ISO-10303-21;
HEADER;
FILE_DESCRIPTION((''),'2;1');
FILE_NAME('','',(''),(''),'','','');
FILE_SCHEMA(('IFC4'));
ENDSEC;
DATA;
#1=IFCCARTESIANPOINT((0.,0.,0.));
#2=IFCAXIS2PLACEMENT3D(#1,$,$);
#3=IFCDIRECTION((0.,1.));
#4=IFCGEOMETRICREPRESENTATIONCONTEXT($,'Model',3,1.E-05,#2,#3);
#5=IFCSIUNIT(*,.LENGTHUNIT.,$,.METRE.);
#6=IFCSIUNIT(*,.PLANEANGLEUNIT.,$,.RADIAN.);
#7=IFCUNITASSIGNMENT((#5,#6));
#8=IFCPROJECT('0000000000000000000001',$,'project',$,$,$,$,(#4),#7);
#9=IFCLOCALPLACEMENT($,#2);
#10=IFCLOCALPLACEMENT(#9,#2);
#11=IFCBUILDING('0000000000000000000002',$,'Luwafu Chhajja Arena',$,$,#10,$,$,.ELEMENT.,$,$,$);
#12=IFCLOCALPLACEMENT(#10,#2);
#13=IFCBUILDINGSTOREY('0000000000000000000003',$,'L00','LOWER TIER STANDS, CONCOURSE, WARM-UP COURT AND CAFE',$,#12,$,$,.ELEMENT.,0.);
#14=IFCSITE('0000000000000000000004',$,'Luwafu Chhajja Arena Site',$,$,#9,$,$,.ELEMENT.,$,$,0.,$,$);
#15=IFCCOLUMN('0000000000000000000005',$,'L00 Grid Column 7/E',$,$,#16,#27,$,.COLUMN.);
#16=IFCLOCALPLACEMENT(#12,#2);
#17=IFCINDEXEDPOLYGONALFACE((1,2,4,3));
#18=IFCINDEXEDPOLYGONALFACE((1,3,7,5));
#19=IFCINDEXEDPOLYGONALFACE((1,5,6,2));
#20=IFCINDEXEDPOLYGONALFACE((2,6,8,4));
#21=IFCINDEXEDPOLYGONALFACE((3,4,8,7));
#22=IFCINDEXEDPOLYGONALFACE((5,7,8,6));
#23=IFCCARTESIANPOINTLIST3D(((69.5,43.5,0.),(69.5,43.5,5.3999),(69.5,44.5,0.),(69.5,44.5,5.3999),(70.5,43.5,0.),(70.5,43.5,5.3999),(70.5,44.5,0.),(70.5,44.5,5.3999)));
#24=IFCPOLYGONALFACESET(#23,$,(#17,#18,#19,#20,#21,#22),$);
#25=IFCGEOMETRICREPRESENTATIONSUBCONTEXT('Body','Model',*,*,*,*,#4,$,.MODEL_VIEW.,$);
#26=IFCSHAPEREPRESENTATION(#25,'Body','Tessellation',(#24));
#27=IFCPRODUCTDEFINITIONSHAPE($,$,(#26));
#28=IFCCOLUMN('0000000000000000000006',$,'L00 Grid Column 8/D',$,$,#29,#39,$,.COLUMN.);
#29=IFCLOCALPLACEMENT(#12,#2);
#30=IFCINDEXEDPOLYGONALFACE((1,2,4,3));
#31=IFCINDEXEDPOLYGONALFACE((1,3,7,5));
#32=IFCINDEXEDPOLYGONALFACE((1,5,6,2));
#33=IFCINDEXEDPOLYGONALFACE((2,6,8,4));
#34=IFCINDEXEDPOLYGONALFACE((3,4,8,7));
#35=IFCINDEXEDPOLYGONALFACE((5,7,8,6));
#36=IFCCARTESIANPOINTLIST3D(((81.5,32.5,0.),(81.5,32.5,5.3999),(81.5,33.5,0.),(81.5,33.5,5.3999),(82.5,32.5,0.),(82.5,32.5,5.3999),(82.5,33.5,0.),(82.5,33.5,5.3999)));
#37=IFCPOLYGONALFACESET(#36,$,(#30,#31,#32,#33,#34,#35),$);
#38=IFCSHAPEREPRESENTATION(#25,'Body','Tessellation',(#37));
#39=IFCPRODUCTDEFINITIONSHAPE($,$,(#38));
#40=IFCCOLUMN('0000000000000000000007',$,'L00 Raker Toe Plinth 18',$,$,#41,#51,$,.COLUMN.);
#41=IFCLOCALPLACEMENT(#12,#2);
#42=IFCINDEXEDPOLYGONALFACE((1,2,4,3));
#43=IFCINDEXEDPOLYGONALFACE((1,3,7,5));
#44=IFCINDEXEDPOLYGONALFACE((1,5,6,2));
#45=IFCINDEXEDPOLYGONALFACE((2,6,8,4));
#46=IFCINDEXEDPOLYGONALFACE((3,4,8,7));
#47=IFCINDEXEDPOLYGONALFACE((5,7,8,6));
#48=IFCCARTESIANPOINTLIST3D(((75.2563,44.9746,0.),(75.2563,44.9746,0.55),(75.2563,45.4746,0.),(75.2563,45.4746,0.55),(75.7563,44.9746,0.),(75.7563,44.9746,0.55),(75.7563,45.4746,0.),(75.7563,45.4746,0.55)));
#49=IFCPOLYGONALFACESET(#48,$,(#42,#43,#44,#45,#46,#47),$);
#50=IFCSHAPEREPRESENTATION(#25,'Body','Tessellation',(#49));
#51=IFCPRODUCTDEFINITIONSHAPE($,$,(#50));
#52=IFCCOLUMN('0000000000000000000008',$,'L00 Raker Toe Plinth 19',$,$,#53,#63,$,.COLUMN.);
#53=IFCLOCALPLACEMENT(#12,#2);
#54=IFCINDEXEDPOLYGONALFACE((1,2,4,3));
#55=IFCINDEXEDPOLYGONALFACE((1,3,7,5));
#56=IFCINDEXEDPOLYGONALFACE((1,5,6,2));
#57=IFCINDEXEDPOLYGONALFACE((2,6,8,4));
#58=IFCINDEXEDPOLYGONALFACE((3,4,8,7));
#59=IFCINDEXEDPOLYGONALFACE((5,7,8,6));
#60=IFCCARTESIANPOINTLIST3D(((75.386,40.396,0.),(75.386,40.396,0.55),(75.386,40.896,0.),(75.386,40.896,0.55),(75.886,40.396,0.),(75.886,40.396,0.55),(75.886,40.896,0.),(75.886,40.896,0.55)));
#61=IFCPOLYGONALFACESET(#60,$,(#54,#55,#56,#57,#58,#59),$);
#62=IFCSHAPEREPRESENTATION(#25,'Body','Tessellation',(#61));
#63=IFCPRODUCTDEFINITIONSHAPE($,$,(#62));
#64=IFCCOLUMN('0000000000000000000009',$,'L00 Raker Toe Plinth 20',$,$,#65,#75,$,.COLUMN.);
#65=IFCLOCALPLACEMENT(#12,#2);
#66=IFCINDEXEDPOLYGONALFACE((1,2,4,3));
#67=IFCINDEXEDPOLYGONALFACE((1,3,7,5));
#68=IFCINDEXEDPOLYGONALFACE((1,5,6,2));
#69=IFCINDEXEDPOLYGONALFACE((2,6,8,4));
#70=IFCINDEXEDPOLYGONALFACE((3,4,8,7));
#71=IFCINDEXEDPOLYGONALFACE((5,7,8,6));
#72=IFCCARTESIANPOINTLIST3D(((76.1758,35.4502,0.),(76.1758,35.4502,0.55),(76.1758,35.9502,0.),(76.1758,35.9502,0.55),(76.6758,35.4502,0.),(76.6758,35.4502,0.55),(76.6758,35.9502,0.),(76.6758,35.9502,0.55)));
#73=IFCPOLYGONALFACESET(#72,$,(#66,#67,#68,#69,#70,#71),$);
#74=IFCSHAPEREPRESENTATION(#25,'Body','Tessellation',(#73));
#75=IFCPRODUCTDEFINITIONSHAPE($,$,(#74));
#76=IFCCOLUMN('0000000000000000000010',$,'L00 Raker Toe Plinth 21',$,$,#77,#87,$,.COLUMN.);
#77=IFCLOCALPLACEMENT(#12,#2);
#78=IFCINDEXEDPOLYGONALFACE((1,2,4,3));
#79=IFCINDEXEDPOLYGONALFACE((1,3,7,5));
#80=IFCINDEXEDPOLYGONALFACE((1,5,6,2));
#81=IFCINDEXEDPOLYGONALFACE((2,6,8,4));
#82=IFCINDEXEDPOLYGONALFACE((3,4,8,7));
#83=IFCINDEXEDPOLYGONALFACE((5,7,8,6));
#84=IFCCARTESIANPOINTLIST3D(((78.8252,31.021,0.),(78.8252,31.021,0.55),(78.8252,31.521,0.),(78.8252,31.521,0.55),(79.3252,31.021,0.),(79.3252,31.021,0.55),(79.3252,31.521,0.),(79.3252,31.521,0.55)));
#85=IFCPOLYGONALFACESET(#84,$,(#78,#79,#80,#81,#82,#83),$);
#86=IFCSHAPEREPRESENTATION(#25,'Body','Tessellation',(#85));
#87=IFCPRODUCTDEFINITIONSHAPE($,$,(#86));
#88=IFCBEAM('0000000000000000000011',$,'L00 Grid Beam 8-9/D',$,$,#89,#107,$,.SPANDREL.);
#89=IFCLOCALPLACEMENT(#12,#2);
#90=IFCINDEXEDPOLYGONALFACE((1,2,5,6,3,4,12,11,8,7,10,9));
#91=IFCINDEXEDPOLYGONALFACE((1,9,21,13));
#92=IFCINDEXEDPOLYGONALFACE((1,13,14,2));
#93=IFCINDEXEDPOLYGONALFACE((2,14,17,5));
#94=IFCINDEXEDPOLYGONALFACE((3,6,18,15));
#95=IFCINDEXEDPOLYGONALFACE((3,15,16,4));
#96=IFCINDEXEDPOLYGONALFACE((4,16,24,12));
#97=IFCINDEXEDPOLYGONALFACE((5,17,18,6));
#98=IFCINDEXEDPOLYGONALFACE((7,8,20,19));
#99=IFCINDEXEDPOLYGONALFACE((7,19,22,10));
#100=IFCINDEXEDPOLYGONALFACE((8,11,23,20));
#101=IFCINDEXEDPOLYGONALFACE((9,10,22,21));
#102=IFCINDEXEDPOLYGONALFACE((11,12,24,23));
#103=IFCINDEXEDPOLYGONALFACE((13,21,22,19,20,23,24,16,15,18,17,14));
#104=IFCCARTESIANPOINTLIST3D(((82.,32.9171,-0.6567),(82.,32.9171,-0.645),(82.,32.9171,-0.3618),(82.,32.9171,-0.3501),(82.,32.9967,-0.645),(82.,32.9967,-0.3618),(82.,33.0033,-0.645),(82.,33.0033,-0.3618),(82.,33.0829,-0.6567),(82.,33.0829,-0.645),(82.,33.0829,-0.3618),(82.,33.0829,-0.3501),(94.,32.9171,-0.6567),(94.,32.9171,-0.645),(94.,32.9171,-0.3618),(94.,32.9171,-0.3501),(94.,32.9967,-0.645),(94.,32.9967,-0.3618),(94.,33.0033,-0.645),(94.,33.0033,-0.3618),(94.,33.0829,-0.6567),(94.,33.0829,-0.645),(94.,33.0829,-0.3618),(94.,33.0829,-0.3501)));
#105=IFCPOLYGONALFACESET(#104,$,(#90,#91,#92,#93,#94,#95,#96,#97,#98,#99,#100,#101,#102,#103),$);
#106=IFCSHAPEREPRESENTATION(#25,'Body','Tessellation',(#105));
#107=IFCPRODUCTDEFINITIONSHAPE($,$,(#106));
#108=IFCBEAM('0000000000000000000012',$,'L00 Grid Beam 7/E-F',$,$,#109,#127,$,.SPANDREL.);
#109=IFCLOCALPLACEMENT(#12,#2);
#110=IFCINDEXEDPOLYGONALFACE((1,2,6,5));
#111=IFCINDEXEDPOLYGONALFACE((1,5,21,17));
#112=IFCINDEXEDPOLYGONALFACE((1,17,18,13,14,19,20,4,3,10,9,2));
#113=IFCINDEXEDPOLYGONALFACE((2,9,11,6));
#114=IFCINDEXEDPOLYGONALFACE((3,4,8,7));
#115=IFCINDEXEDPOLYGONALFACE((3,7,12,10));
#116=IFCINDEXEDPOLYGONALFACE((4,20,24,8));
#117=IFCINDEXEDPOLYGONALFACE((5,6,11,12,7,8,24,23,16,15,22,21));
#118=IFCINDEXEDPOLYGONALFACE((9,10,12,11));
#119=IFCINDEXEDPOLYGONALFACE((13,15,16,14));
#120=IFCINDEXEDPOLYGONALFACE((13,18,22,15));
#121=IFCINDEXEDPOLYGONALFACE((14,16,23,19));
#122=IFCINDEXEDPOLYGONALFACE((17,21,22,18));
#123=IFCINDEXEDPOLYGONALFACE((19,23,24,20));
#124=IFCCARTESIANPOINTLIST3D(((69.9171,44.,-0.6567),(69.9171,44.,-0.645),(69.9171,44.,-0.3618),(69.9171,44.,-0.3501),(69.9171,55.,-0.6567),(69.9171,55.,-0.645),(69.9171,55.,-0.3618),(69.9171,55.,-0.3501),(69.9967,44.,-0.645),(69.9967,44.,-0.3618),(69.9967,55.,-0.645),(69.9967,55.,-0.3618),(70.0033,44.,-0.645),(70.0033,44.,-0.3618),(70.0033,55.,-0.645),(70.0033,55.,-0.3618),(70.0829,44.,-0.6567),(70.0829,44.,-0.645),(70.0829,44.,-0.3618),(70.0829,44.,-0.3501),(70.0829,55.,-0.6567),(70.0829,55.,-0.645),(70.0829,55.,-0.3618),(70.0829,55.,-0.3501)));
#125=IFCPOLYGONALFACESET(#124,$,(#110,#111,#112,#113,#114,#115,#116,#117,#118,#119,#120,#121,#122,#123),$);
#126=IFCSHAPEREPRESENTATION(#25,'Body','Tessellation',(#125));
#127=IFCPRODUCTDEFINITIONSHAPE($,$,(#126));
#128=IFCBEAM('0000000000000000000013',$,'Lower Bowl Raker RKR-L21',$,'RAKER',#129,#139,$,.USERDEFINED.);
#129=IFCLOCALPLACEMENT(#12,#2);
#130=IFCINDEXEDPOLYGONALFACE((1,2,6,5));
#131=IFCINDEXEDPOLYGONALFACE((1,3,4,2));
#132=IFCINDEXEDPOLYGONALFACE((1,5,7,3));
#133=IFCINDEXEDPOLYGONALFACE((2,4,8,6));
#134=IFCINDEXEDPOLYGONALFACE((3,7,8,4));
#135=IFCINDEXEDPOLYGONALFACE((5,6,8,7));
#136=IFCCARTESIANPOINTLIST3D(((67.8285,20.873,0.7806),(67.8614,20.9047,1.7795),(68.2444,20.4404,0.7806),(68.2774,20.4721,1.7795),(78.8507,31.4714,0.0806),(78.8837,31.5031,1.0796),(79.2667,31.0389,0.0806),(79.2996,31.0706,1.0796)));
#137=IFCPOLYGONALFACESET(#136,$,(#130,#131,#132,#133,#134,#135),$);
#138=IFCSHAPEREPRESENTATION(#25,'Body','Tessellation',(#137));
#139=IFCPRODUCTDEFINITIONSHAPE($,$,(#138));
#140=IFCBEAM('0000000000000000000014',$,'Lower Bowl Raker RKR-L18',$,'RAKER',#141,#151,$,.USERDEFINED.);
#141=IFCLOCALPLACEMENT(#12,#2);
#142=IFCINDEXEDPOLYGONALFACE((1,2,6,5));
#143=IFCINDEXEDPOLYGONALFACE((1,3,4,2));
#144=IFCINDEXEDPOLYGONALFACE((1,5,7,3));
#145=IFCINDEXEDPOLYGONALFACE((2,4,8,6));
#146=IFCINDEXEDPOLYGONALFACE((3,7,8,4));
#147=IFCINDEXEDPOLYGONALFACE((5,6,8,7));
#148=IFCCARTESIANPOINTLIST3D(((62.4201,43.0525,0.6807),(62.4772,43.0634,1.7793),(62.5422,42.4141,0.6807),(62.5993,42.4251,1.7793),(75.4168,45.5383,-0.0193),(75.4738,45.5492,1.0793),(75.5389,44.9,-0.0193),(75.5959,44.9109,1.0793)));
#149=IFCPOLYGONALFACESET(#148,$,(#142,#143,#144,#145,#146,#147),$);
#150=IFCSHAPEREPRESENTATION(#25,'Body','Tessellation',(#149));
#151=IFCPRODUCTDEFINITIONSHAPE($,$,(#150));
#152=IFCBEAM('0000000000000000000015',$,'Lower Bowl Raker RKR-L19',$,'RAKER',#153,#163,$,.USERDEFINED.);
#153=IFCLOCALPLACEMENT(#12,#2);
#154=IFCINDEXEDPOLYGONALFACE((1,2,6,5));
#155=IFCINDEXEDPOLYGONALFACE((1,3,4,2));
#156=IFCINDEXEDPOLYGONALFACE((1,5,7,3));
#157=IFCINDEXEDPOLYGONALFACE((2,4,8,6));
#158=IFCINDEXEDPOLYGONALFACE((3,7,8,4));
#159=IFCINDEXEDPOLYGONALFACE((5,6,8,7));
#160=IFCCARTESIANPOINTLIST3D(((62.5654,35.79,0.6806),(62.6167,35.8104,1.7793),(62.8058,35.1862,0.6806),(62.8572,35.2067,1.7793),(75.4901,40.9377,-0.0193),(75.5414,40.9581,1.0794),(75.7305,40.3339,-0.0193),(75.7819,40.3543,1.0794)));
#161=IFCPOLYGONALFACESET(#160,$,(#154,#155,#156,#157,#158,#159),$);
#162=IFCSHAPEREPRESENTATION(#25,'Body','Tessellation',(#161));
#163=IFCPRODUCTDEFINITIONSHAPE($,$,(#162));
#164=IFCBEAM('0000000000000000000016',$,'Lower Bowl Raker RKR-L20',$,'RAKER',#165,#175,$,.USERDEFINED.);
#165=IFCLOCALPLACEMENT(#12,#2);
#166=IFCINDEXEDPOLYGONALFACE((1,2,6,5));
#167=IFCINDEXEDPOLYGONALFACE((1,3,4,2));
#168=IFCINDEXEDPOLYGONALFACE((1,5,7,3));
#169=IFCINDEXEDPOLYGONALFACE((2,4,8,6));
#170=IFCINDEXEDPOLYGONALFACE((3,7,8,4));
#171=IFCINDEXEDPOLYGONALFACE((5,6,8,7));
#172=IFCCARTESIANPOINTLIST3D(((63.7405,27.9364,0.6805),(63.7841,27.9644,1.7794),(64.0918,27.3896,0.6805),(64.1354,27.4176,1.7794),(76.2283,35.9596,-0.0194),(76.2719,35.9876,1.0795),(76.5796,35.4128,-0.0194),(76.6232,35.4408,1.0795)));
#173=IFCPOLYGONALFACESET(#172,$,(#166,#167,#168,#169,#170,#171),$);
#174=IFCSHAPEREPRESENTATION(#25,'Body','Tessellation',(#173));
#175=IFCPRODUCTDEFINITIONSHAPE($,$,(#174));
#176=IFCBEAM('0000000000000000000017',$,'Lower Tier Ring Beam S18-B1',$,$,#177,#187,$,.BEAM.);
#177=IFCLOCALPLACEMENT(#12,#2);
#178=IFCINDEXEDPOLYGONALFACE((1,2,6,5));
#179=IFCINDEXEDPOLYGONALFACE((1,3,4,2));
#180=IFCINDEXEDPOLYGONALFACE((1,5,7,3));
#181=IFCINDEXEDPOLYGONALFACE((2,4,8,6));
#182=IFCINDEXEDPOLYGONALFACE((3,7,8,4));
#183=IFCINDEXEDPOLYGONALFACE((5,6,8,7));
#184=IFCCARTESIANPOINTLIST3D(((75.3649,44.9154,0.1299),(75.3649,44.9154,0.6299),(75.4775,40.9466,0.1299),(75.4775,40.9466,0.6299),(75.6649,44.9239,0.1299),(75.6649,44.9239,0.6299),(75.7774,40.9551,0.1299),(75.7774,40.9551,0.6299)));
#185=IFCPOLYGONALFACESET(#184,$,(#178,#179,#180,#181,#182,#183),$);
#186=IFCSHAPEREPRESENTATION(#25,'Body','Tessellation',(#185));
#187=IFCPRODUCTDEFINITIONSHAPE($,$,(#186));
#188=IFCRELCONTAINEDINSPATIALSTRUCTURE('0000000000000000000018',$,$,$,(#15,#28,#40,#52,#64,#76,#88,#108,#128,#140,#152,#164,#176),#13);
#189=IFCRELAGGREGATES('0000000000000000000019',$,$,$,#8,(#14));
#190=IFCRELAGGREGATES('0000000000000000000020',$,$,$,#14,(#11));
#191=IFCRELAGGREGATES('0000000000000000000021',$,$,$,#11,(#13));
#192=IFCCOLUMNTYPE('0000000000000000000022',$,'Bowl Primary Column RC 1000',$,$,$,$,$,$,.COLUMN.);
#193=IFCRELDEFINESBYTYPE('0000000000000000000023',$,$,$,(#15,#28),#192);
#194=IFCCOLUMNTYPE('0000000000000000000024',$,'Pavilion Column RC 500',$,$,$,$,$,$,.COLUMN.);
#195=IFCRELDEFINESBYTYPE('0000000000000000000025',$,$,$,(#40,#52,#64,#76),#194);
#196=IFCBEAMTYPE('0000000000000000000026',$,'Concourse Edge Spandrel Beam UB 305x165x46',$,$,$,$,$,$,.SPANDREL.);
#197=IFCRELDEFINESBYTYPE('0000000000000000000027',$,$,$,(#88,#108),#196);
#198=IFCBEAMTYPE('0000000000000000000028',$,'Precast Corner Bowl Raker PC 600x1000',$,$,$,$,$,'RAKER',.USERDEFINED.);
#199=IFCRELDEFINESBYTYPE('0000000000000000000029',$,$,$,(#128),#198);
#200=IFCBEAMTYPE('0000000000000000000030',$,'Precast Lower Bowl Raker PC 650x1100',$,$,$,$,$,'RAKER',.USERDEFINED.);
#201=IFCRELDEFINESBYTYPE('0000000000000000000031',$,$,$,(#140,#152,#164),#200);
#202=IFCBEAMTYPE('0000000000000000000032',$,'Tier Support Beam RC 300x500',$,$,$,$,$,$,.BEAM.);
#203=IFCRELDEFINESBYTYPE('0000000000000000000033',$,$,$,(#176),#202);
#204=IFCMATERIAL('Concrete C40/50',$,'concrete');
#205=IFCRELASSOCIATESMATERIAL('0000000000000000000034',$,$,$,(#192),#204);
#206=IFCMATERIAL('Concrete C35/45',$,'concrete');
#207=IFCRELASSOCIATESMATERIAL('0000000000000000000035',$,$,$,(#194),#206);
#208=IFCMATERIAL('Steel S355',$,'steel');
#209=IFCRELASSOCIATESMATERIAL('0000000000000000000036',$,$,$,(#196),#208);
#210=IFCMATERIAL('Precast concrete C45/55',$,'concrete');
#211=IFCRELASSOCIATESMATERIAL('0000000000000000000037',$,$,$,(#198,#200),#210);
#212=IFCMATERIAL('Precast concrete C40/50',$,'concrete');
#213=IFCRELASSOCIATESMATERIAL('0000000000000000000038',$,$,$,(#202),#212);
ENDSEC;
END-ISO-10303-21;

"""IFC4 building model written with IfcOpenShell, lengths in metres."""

from ifc_helpers import new_model, si_unit, direction, frame, origin, origin_2d, place, context, subcontext, project, spatial, rectangle, i_section, extrude, material, material_profile, profile_set, type_object, element, save


model = new_model("IFC4")

# Units and contexts
model_context = context("Model", 3, precision=1e-05, world=origin(), true_north=direction((0.0, 1.0)))
body_context = subcontext(model_context, "Body", "Model", "MODEL_VIEW")
ifc_project = project(units=[si_unit("LENGTHUNIT", "METRE"), si_unit("PLANEANGLEUNIT", "RADIAN")], contexts=[model_context])

# Site, building, storey
site_placement = place(None, origin())
site = spatial("IfcSite", under=ifc_project, at=site_placement, Name="Luwafu Chhajja Arena Site", CompositionType="ELEMENT", RefElevation=0.0)
building_placement = place(site_placement, origin())
building = spatial("IfcBuilding", under=site, at=building_placement, Name="Luwafu Chhajja Arena", CompositionType="ELEMENT")
storey_placement = place(building_placement, origin())
storey = spatial("IfcBuildingStorey", under=building, at=storey_placement, Name="L00", Description="LOWER TIER STANDS, CONCOURSE, WARM-UP COURT AND CAFE", CompositionType="ELEMENT", Elevation=0.0)

# Columns
ifc_material_1 = material(Name="Concrete C40/50", Category="concrete")
ifc_material_profile_1 = material_profile(ifc_material_1, rectangle(XDim=1.0, YDim=1.0, at=origin_2d()), Name="RC 1000x1000")
ifc_profile_set_1 = profile_set([ifc_material_profile_1], Name="Concrete C40/50")
column_type_1 = type_object("IfcColumnType", Name="Bowl Primary Column RC 1000", PredefinedType="COLUMN", material=ifc_profile_set_1)
for number, where, z_axis, x_axis, name in (
    (1, (70.0, 44.0, 0.0), (0.0, 0.0, 1.0), (1.0, 0.0, 0.0), "L00 Grid Column 7/E"),
    (2, (82.0, 33.0, 0.0), (0.0, 0.0, 1.0), (1.0, 0.0, 0.0), "L00 Grid Column 8/D"),
):
    element("IfcColumn", number, at=place(storey_placement, frame(where, z_axis=z_axis, x_axis=x_axis)), inside=storey, type_object=column_type_1, Name=name, PredefinedType="COLUMN", context=body_context, shape_type="SweptSolid", body=[
        extrude(rectangle(XDim=1.0, YDim=1.0, at=origin_2d()), origin(), (0.0, 0.0, 1.0), 5.3999),
    ])
ifc_material_2 = material(Name="Concrete C35/45", Category="concrete")
ifc_material_profile_2 = material_profile(ifc_material_2, rectangle(XDim=0.5, YDim=0.5, at=origin_2d()), Name="RC 500x500")
ifc_profile_set_2 = profile_set([ifc_material_profile_2], Name="Concrete C35/45")
column_type_2 = type_object("IfcColumnType", Name="Pavilion Column RC 500", PredefinedType="COLUMN", material=ifc_profile_set_2)
for number, where, z_axis, x_axis, name in (
    (3, (75.5063, 45.2246, 0.0), (0.0, 0.0, 1.0), (1.0, 0.0, 0.0), "L00 Raker Toe Plinth 18"),
    (4, (75.636, 40.646, 0.0), (0.0, 0.0, 1.0), (1.0, 0.0, 0.0), "L00 Raker Toe Plinth 19"),
    (5, (76.4258, 35.7002, 0.0), (0.0, 0.0, 1.0), (1.0, 0.0, 0.0), "L00 Raker Toe Plinth 20"),
    (6, (79.0752, 31.271, 0.0), (0.0, 0.0, 1.0), (1.0, 0.0, 0.0), "L00 Raker Toe Plinth 21"),
):
    element("IfcColumn", number, at=place(storey_placement, frame(where, z_axis=z_axis, x_axis=x_axis)), inside=storey, type_object=column_type_2, Name=name, PredefinedType="COLUMN", context=body_context, shape_type="SweptSolid", body=[
        extrude(rectangle(XDim=0.5, YDim=0.5, at=origin_2d()), origin(), (0.0, 0.0, 1.0), 0.55),
    ])

# Beams
ifc_material_3 = material(Name="Steel S355", Category="steel")
ifc_material_profile_3 = material_profile(ifc_material_3, i_section(OverallWidth=0.1658, OverallDepth=0.3066, WebThickness=0.0066, FlangeThickness=0.0117, at=origin_2d()), Name="UB 305x165x46")
ifc_profile_set_3 = profile_set([ifc_material_profile_3], Name="Steel S355")
beam_type_1 = type_object("IfcBeamType", Name="Concourse Edge Spandrel Beam UB 305x165x46", PredefinedType="SPANDREL", material=ifc_profile_set_3)
beam_1_placement = place(storey_placement, frame((82.0, 33.0, -0.5034), z_axis=(1.0, 0.0, 0.0), x_axis=(0.0, 1.0, 0.0)))
element("IfcBeam", 7, at=beam_1_placement, inside=storey, type_object=beam_type_1, Name="L00 Grid Beam 8-9/D", PredefinedType="SPANDREL", context=body_context, shape_type="SweptSolid", body=[
    extrude(i_section(OverallWidth=0.1658, OverallDepth=0.3066, WebThickness=0.0066, FlangeThickness=0.0117, at=origin_2d()), origin(), (0.0, 0.0, 1.0), 12.0),
])
beam_2_placement = place(storey_placement, frame((70.0, 44.0, -0.5034), z_axis=(0.0, 1.0, 0.0), x_axis=(-1.0, 0.0, 0.0)))
element("IfcBeam", 8, at=beam_2_placement, inside=storey, type_object=beam_type_1, Name="L00 Grid Beam 7/E-F", PredefinedType="SPANDREL", context=body_context, shape_type="SweptSolid", body=[
    extrude(i_section(OverallWidth=0.1658, OverallDepth=0.3066, WebThickness=0.0066, FlangeThickness=0.0117, at=origin_2d()), origin(), (0.0, 0.0, 1.0), 11.0),
])
ifc_material_4 = material(Name="Precast concrete C45/55", Category="concrete")
ifc_material_profile_4 = material_profile(ifc_material_4, rectangle(XDim=0.6001, YDim=1.0, at=origin_2d()), Name="PC 600x1000")
ifc_profile_set_4 = profile_set([ifc_material_profile_4], Name="Precast concrete C45/55")
beam_type_2 = type_object("IfcBeamType", Name="Precast Corner Bowl Raker PC 600x1000", ElementType="RAKER", PredefinedType="USERDEFINED", material=ifc_profile_set_4)
beam_3_placement = place(storey_placement, frame((79.0752, 31.271, 0.5801), z_axis=(-0.720076, -0.692387, 0.045727), x_axis=(0.693112, -0.72083, 0.0)))
element("IfcBeam", 9, at=beam_3_placement, inside=storey, type_object=beam_type_2, Name="Lower Bowl Raker RKR-L21", ObjectType="RAKER", PredefinedType="USERDEFINED", context=body_context, shape_type="SweptSolid", body=[
    extrude(rectangle(XDim=0.6001, YDim=1.0, at=origin_2d()), origin(), (0.0, 0.0, 1.0), 15.3071),
])
ifc_material_profile_5 = material_profile(ifc_material_4, rectangle(XDim=0.6499, YDim=1.1001, at=origin_2d()), Name="PC 650x1100")
ifc_profile_set_5 = profile_set([ifc_material_profile_5], Name="Precast concrete C45/55")
beam_type_3 = type_object("IfcBeamType", Name="Precast Lower Bowl Raker PC 650x1100", ElementType="RAKER", PredefinedType="USERDEFINED", material=ifc_profile_set_5)
beam_4_placement = place(storey_placement, frame((75.5063, 45.2246, 0.53), z_axis=(-0.980824, -0.187601, 0.052824), x_axis=(0.187863, -0.982195, 0.0)))
element("IfcBeam", 10, at=beam_4_placement, inside=storey, type_object=beam_type_3, Name="Lower Bowl Raker RKR-L18", ObjectType="RAKER", PredefinedType="USERDEFINED", context=body_context, shape_type="SweptSolid", body=[
    extrude(rectangle(XDim=0.6499, YDim=1.1001, at=origin_2d()), origin(), (0.0, 0.0, 1.0), 13.2507),
])
beam_5_placement = place(storey_placement, frame((75.636, 40.646, 0.53), z_axis=(-0.927853, -0.369546, 0.050248), x_axis=(0.370014, -0.929026, 0.0)))
element("IfcBeam", 11, at=beam_5_placement, inside=storey, type_object=beam_type_3, Name="Lower Bowl Raker RKR-L19", ObjectType="RAKER", PredefinedType="USERDEFINED", context=body_context, shape_type="SweptSolid", body=[
    extrude(rectangle(XDim=0.6499, YDim=1.1001, at=origin_2d()), origin(), (0.0, 0.0, 1.0), 13.9297),
])
beam_6_placement = place(storey_placement, frame((76.4258, 35.7002, 0.53), z_axis=(-0.840388, -0.539935, 0.047104), x_axis=(0.540535, -0.841322, 0.0)))
element("IfcBeam", 12, at=beam_6_placement, inside=storey, type_object=beam_type_3, Name="Lower Bowl Raker RKR-L20", ObjectType="RAKER", PredefinedType="USERDEFINED", context=body_context, shape_type="SweptSolid", body=[
    extrude(rectangle(XDim=0.6499, YDim=1.1001, at=origin_2d()), origin(), (0.0, 0.0, 1.0), 14.8596),
])
ifc_material_5 = material(Name="Precast concrete C40/50", Category="concrete")
ifc_material_profile_6 = material_profile(ifc_material_5, rectangle(XDim=0.3, YDim=0.5, at=origin_2d()), Name="RC 300x500")
ifc_profile_set_6 = profile_set([ifc_material_profile_6], Name="Precast concrete C40/50")
beam_type_4 = type_object("IfcBeamType", Name="Tier Support Beam RC 300x500", PredefinedType="BEAM", material=ifc_profile_set_6)
beam_7_placement = place(storey_placement, frame((75.5149, 44.9197, 0.3799), z_axis=(0.028347, -0.999598, 0.0), x_axis=(0.999598, 0.028347, 0.0)))
element("IfcBeam", 13, at=beam_7_placement, inside=storey, type_object=beam_type_4, Name="Lower Tier Ring Beam S18-B1", PredefinedType="BEAM", context=body_context, shape_type="SweptSolid", body=[
    extrude(rectangle(XDim=0.3, YDim=0.5, at=origin_2d()), origin(), (0.0, 0.0, 1.0), 3.9705),
])

save(model, "model.ifc")
